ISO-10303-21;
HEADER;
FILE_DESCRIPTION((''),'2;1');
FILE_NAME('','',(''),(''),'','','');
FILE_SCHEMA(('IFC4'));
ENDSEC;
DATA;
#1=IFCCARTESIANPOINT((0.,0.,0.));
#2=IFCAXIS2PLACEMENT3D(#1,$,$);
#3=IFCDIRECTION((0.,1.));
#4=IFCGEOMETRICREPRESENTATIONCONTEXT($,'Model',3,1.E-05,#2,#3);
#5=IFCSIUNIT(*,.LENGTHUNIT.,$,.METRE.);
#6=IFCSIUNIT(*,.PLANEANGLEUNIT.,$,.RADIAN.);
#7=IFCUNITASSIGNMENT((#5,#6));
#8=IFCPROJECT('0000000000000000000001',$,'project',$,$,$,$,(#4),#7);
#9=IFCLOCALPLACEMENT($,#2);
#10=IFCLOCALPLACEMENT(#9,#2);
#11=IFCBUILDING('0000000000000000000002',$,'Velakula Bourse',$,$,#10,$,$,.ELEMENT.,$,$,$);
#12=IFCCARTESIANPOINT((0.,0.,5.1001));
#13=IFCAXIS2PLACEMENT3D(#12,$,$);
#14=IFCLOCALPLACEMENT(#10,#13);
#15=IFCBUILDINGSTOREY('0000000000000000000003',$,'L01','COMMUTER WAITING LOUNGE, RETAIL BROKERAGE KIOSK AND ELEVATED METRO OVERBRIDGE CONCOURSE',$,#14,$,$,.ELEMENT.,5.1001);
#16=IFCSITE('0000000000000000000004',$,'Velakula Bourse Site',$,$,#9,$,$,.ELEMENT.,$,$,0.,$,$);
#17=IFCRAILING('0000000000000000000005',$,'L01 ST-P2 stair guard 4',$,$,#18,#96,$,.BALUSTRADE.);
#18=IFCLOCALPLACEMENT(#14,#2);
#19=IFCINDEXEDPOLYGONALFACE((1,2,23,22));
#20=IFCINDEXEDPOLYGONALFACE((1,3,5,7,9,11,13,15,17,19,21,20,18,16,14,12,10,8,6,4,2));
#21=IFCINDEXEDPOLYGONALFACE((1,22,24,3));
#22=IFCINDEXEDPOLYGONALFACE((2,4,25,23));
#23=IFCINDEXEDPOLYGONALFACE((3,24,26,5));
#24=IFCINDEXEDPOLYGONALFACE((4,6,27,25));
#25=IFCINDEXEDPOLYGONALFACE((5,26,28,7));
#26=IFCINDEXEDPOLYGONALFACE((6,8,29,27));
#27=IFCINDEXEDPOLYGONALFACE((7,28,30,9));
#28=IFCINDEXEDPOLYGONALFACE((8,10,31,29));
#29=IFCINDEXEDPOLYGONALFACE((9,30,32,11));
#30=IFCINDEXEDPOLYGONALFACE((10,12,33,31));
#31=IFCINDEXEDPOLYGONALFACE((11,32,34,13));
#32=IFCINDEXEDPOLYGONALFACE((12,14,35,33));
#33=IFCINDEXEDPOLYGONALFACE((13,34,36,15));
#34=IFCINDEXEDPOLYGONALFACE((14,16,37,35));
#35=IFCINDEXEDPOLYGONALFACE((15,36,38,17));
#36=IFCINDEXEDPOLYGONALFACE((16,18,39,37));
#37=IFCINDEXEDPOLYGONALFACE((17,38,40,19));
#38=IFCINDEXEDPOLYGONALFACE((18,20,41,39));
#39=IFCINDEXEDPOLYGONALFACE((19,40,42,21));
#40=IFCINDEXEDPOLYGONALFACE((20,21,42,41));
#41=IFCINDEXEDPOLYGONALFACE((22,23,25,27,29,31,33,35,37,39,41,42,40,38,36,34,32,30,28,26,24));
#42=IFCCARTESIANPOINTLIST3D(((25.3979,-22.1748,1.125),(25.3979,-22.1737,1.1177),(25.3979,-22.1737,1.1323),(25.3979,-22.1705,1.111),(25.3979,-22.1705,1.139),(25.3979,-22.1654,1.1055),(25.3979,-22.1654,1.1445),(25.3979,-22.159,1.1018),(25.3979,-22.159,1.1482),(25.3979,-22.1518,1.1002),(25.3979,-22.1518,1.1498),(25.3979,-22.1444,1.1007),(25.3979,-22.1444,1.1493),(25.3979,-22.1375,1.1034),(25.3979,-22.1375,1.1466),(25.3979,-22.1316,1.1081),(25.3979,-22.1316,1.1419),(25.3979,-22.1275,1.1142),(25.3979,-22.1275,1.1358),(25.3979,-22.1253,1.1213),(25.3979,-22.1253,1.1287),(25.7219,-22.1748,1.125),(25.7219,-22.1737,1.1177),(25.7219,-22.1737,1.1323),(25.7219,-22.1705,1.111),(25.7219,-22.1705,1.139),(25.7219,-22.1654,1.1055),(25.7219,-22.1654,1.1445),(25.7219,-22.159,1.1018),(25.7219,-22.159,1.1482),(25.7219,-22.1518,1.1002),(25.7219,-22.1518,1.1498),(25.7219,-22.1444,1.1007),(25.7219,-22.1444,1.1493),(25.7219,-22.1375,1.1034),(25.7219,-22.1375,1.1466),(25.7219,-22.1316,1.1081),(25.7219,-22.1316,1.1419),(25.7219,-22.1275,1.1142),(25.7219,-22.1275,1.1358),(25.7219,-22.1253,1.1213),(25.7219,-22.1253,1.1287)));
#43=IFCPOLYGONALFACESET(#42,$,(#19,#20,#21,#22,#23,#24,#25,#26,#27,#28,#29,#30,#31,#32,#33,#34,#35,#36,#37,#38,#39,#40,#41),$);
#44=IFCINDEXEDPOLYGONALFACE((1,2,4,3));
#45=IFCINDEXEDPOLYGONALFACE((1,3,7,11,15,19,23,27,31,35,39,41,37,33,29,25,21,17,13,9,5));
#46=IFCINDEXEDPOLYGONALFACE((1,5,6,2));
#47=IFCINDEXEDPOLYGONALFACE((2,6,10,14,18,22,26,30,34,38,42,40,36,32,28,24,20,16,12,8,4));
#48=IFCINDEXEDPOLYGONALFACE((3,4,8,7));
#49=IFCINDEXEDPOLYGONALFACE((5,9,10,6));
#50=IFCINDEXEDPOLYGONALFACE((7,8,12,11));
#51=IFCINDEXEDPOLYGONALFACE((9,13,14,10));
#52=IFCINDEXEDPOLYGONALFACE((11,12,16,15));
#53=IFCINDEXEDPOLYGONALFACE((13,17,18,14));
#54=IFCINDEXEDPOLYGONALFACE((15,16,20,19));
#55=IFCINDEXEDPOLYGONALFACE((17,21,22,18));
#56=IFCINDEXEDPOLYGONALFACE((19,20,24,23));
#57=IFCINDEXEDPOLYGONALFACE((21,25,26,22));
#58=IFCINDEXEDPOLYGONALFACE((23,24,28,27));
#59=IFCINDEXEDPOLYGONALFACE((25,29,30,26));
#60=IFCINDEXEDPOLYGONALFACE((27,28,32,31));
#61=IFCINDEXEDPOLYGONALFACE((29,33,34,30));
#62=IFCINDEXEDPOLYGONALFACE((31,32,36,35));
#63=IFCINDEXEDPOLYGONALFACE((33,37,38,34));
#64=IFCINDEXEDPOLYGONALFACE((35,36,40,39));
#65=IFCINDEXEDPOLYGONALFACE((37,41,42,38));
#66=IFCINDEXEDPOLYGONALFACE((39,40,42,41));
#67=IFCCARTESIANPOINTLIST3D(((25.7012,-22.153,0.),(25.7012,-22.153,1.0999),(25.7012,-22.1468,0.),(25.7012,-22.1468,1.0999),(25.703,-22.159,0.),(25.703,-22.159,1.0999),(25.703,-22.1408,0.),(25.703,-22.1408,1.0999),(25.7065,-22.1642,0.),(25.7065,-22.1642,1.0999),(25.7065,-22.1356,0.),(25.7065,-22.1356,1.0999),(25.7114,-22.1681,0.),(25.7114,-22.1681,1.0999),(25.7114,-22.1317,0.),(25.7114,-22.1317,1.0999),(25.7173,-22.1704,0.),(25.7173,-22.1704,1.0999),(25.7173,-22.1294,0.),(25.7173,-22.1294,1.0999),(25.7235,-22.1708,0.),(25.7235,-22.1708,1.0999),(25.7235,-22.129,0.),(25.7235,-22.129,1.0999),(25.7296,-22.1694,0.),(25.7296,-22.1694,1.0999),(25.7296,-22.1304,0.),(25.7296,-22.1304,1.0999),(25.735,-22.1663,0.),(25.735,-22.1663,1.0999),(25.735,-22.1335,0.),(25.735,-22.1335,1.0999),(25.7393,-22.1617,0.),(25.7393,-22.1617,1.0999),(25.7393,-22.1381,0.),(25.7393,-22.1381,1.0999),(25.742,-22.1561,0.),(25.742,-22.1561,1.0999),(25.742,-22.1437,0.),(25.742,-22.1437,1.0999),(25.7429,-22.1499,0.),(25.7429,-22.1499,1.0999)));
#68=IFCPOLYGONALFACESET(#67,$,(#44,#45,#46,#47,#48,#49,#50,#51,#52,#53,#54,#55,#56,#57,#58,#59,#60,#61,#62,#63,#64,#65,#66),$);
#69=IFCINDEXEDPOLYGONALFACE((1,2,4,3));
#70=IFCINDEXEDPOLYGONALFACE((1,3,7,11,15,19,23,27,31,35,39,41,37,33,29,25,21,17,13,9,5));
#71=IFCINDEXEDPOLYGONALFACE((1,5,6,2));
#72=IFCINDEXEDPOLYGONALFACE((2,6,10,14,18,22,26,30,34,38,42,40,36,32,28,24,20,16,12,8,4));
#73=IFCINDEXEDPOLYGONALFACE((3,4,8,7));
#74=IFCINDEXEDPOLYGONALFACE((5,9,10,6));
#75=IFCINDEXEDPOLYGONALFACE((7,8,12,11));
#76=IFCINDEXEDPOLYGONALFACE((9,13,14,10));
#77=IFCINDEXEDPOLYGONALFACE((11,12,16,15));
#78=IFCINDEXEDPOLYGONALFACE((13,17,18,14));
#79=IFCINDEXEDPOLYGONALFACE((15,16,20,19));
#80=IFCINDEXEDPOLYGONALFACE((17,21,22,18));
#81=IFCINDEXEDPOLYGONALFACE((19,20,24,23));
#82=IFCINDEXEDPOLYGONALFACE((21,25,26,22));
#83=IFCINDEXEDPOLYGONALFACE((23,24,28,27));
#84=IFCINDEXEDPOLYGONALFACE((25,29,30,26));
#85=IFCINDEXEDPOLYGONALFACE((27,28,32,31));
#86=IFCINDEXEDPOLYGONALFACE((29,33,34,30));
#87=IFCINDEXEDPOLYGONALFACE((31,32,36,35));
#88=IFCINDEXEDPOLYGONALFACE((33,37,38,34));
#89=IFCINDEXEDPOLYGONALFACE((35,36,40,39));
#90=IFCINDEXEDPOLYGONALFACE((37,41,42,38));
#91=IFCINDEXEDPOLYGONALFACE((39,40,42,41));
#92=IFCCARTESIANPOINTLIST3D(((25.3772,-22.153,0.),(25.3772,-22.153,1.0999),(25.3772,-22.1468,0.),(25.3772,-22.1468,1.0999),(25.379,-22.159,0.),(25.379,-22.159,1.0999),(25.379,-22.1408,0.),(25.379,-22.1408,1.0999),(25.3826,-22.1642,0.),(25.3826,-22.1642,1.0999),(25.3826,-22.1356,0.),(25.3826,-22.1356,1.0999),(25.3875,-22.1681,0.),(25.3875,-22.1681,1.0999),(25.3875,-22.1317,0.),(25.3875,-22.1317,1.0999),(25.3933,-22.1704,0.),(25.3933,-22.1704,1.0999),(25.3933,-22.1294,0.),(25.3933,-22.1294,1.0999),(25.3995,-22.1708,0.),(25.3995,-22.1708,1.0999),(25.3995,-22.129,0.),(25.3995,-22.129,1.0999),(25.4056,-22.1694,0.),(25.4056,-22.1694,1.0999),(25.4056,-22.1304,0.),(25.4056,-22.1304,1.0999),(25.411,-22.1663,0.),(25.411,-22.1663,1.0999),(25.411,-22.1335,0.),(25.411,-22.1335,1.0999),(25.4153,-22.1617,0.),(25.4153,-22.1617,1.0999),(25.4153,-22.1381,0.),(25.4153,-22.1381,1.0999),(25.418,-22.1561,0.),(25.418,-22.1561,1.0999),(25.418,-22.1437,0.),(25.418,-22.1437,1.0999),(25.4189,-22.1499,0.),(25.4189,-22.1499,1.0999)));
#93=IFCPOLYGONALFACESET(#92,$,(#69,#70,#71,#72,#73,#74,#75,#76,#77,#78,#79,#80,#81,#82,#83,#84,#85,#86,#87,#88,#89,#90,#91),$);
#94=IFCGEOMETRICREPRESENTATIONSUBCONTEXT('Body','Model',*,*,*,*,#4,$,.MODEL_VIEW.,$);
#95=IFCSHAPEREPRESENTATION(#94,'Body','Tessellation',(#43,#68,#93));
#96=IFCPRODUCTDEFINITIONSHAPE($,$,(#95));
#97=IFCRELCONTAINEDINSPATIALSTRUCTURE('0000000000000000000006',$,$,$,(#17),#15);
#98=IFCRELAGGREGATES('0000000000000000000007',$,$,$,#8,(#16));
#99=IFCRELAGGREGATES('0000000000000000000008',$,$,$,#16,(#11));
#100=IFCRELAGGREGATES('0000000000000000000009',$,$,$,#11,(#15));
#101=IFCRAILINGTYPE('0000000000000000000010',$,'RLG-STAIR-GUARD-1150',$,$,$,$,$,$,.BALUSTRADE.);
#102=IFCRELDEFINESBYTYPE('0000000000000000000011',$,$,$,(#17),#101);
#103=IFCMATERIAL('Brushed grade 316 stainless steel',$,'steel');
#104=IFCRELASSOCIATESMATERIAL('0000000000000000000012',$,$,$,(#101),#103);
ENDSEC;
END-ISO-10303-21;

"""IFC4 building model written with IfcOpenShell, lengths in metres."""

from ifc_helpers import new_model, si_unit, direction, frame, origin, origin_2d, place, context, subcontext, project, spatial, circle, extrude, material, type_object, element, save


model = new_model("IFC4")

# Units and contexts
model_context = context("Model", 3, precision=1e-05, world=origin(), true_north=direction((0.0, 1.0)))
body_context = subcontext(model_context, "Body", "Model", "MODEL_VIEW")
ifc_project = project(units=[si_unit("LENGTHUNIT", "METRE"), si_unit("PLANEANGLEUNIT", "RADIAN")], contexts=[model_context])

# Site, building, storey
site_placement = place(None, origin())
site = spatial("IfcSite", under=ifc_project, at=site_placement, Name="Velakula Bourse Site", CompositionType="ELEMENT", RefElevation=0.0)
building_placement = place(site_placement, origin())
building = spatial("IfcBuilding", under=site, at=building_placement, Name="Velakula Bourse", CompositionType="ELEMENT")
storey_placement = place(building_placement, frame((0.0, 0.0, 5.1001)))
storey = spatial("IfcBuildingStorey", under=building, at=storey_placement, Name="L01", Description="COMMUTER WAITING LOUNGE, RETAIL BROKERAGE KIOSK AND ELEVATED METRO OVERBRIDGE CONCOURSE", CompositionType="ELEMENT", Elevation=5.1001)

# Railing
ifc_material_1 = material(Name="Brushed grade 316 stainless steel", Category="steel")
railing_type_1 = type_object("IfcRailingType", Name="RLG-STAIR-GUARD-1150", PredefinedType="BALUSTRADE", material=ifc_material_1)
railing_1_placement = place(storey_placement, frame((25.7219, -22.1499, 0.0)))
element("IfcRailing", 1, at=railing_1_placement, inside=storey, type_object=railing_type_1, Name="L01 ST-P2 stair guard 4", PredefinedType="BALUSTRADE", context=body_context, shape_type="SweptSolid", body=[
    extrude(circle(Radius=0.0249, at=origin_2d()), frame((0.0, 0.0, 1.125), z_axis=(-1.0, 0.0, 0.0), x_axis=(0.0, -1.0, 0.0)), (0.0, 0.0, 1.0), 0.324),
    extrude(circle(Radius=0.021, at=origin_2d()), origin(), (0.0, 0.0, 1.0), 1.0999),
    extrude(circle(Radius=0.021, at=origin_2d()), frame((-0.324, 0.0, 0.0)), (0.0, 0.0, 1.0), 1.0999),
])

save(model, "model.ifc")
